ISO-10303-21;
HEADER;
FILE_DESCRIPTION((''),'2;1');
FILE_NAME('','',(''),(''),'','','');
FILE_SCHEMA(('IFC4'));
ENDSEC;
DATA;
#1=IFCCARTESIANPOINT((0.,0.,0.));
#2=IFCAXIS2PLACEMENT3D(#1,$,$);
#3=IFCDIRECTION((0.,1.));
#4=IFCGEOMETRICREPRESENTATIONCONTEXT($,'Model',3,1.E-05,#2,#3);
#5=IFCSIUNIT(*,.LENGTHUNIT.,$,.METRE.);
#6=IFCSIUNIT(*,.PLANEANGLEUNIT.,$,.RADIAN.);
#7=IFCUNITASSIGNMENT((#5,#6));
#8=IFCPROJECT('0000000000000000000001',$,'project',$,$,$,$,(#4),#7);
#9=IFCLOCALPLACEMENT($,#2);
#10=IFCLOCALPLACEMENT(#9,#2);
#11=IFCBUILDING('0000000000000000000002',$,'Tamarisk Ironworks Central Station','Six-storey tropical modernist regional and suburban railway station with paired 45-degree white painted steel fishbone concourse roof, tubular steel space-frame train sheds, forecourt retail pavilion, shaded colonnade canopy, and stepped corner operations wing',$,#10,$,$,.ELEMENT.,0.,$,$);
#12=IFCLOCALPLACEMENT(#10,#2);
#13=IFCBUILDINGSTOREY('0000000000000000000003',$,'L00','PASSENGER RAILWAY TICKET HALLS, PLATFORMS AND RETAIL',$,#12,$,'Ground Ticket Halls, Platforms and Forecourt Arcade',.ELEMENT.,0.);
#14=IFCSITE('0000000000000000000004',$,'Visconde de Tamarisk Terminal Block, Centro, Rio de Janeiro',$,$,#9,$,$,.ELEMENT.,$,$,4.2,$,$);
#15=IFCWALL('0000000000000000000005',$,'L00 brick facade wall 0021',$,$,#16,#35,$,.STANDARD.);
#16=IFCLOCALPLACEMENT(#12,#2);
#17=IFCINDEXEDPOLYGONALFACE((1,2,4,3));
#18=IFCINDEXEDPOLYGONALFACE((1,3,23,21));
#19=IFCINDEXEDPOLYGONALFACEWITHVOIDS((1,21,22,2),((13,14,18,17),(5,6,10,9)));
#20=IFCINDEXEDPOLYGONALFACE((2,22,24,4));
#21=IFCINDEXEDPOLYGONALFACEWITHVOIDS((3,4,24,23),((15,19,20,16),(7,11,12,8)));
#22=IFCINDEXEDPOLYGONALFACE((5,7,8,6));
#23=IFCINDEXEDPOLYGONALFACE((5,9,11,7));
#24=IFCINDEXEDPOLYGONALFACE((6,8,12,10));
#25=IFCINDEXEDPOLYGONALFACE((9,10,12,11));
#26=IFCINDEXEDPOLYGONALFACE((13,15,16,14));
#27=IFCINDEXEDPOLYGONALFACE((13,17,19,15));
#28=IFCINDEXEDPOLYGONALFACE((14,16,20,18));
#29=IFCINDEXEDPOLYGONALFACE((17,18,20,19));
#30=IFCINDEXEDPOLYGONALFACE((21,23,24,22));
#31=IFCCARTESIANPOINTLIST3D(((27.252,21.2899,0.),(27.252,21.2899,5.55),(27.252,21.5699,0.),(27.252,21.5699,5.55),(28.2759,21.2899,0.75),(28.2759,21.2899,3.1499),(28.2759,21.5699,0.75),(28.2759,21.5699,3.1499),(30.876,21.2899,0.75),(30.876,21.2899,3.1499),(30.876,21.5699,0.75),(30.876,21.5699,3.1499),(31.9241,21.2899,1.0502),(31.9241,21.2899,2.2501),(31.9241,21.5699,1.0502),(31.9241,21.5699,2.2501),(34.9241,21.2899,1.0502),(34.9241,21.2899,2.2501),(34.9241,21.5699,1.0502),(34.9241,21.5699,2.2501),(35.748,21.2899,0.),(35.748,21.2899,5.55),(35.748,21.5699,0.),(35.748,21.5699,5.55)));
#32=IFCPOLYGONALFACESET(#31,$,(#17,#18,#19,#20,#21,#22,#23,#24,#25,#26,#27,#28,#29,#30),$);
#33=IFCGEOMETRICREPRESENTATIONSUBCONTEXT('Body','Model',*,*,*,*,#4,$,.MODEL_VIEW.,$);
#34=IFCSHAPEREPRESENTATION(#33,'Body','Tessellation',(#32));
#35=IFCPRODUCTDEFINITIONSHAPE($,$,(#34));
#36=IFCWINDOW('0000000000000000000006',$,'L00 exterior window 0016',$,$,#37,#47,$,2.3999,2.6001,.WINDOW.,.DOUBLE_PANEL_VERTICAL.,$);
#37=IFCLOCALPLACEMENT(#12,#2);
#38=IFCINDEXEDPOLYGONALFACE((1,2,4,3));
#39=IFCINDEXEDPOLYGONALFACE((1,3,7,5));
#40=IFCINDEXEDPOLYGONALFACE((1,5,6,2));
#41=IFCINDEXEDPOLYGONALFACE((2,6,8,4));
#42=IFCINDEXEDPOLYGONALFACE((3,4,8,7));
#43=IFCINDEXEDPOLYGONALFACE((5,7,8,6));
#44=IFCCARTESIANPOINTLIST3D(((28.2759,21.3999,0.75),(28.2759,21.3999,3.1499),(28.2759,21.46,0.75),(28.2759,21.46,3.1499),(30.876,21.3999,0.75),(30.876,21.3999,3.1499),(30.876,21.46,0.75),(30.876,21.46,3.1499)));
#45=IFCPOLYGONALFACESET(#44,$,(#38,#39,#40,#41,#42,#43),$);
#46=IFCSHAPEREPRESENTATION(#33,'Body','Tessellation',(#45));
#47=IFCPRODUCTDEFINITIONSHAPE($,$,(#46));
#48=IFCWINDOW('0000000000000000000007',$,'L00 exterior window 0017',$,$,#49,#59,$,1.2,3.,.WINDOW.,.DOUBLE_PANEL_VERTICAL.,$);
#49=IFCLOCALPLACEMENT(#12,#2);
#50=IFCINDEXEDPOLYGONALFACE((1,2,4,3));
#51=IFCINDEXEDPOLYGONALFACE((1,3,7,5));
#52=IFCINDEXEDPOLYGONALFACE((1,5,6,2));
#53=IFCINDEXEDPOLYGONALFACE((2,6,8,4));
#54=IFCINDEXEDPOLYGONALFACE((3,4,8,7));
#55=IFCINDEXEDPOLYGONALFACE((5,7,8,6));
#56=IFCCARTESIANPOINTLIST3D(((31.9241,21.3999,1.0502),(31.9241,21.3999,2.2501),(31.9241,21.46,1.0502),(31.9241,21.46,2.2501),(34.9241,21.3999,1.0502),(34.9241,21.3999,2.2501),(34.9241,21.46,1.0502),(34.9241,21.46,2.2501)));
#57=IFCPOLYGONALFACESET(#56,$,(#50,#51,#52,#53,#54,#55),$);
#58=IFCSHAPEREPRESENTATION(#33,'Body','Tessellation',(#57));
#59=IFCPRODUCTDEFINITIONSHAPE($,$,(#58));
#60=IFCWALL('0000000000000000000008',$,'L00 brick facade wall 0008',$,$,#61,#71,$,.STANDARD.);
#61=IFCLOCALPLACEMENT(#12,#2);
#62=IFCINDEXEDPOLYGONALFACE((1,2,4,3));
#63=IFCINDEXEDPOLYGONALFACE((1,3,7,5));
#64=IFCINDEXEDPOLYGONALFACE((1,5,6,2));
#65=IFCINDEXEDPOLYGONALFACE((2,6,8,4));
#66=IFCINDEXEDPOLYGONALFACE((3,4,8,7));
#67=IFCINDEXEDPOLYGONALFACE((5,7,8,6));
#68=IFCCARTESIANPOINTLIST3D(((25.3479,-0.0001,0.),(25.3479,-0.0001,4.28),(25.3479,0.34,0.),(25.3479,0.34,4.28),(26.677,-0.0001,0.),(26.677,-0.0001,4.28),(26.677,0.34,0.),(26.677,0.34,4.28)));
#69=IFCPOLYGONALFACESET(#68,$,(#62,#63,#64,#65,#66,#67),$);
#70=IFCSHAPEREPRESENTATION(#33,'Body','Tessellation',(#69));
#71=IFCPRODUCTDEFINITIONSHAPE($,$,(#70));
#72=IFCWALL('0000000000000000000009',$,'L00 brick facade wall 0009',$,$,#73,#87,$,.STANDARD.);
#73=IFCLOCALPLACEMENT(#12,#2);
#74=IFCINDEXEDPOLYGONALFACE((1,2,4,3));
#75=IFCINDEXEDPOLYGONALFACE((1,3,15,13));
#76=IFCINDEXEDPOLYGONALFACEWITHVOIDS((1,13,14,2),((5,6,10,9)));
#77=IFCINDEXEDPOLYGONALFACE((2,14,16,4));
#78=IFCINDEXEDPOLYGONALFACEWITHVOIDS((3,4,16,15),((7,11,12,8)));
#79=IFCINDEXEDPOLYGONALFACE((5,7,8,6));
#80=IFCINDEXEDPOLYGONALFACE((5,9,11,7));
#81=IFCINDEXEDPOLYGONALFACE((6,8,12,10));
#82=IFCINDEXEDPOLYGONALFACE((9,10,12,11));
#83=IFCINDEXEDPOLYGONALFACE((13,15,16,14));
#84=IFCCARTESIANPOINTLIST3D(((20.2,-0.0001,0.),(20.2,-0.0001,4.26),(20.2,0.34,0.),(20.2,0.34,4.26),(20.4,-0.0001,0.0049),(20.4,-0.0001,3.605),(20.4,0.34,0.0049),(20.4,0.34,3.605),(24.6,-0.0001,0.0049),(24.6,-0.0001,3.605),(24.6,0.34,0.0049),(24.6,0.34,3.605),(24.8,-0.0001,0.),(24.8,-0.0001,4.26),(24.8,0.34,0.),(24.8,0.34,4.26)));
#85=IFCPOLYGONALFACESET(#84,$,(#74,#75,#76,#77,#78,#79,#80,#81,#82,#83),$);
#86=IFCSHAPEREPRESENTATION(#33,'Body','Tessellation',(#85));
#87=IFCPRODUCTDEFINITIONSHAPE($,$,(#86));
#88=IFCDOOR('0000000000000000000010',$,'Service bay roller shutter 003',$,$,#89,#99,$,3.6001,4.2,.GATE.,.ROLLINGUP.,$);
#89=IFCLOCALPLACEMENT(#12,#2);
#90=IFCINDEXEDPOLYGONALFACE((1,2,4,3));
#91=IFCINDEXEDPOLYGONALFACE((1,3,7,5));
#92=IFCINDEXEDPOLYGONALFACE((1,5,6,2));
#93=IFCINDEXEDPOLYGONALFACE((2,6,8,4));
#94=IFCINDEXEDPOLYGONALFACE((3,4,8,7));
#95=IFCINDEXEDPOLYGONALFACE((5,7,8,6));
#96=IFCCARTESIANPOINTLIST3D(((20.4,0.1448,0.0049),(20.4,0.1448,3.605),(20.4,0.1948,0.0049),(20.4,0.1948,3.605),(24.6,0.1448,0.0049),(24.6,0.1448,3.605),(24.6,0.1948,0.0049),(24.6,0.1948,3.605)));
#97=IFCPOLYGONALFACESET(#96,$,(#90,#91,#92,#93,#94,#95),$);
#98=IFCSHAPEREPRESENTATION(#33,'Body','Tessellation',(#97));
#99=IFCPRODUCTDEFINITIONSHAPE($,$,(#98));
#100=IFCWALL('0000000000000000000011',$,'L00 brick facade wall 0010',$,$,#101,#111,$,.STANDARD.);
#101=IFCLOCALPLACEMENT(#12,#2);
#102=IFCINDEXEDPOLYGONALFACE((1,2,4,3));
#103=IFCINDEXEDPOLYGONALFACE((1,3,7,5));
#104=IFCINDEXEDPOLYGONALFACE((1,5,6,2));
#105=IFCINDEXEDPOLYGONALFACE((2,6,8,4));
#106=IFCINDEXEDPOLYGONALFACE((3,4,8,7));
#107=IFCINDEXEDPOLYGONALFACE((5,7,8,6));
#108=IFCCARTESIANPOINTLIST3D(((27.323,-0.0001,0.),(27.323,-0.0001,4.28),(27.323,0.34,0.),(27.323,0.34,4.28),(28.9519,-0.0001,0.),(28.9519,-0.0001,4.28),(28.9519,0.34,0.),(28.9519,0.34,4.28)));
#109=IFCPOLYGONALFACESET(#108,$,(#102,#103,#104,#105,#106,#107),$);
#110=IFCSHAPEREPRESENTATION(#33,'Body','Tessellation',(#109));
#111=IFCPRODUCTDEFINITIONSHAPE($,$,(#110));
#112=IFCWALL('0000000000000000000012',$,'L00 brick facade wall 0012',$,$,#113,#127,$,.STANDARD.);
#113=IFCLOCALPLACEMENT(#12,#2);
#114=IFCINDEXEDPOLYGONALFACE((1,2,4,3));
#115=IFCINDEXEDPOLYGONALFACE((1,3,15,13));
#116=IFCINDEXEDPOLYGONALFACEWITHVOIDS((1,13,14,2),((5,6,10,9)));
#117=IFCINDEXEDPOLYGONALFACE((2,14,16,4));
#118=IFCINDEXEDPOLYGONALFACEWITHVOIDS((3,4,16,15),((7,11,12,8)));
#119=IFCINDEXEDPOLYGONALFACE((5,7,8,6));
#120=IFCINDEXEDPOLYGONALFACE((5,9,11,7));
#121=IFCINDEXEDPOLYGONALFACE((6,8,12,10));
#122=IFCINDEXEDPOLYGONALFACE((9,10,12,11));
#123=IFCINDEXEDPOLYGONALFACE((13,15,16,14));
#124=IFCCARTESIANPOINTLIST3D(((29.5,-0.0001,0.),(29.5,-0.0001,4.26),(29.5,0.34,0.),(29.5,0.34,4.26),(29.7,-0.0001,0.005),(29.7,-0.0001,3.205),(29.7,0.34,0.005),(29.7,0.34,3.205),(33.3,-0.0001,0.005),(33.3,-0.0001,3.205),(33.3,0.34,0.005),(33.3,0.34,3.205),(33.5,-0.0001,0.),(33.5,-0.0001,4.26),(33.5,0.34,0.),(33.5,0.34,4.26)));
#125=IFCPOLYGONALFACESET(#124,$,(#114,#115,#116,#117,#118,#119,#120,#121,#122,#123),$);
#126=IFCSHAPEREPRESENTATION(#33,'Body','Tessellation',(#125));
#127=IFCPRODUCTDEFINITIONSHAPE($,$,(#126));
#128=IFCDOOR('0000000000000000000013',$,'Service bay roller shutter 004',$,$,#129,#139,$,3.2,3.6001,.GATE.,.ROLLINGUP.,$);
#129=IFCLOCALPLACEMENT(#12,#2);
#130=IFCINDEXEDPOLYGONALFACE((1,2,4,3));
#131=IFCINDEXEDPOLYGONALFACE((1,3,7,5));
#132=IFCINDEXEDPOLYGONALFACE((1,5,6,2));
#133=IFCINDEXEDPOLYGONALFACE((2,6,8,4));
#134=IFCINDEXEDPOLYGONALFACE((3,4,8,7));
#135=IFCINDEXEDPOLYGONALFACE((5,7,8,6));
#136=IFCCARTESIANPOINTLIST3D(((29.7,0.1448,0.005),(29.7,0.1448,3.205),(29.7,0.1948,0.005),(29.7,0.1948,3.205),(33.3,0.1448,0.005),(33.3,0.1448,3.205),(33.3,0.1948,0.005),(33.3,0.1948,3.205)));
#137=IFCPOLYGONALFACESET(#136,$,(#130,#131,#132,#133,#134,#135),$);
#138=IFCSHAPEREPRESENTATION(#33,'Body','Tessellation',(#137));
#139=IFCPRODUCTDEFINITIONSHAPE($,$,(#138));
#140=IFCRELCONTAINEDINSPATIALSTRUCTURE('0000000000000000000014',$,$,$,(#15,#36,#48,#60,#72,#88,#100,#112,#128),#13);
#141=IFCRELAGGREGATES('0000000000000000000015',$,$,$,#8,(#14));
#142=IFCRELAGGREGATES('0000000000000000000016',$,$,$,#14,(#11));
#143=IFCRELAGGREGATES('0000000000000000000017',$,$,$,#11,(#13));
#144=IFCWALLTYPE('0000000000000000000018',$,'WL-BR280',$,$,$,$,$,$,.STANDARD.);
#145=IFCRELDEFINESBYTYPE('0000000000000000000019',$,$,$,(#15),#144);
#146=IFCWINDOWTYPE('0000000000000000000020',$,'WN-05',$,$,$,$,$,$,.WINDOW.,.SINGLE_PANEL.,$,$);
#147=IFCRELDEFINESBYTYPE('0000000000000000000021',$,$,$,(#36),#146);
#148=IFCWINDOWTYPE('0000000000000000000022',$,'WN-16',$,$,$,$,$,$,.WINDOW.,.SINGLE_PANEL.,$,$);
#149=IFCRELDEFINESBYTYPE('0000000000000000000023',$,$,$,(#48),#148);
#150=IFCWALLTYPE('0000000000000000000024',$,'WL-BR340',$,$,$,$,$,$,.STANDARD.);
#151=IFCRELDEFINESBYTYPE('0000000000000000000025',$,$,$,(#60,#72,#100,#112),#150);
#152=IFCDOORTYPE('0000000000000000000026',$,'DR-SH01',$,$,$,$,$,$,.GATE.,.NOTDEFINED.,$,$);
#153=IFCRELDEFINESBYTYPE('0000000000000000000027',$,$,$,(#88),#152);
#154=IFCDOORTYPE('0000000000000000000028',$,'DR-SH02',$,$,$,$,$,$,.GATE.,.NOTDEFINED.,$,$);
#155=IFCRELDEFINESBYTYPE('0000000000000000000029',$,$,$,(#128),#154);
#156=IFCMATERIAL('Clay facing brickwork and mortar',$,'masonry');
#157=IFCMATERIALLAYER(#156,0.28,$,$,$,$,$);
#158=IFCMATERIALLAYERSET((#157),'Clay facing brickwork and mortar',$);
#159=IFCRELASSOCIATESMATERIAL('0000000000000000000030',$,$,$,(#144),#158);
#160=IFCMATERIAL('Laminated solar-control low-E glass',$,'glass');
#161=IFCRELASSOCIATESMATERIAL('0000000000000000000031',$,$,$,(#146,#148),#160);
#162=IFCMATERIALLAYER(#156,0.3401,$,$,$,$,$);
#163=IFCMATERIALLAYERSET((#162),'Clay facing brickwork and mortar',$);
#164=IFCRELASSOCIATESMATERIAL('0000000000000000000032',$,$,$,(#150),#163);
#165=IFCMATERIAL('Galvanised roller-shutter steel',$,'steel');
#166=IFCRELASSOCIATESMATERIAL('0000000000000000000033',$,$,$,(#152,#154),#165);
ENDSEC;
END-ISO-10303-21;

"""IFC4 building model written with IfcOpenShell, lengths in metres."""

from ifc_helpers import new_model, si_unit, direction, frame, frame_2d, origin, place, context, subcontext, project, spatial, rectangle, extrude, material, layer, layer_set, type_object, element, fill, save


model = new_model("IFC4")

# Units and contexts
model_context = context("Model", 3, precision=1e-05, world=origin(), true_north=direction((0.0, 1.0)))
body_context = subcontext(model_context, "Body", "Model", "MODEL_VIEW")
ifc_project = project(units=[si_unit("LENGTHUNIT", "METRE"), si_unit("PLANEANGLEUNIT", "RADIAN")], contexts=[model_context])

# Site, building, storey
site_placement = place(None, origin())
site = spatial("IfcSite", under=ifc_project, at=site_placement, Name="Visconde de Tamarisk Terminal Block, Centro, Rio de Janeiro", CompositionType="ELEMENT", RefElevation=4.2)
building_placement = place(site_placement, origin())
building = spatial("IfcBuilding", under=site, at=building_placement, Name="Tamarisk Ironworks Central Station", Description="Six-storey tropical modernist regional and suburban railway station with paired 45-degree white painted steel fishbone concourse roof, tubular steel space-frame train sheds, forecourt retail pavilion, shaded colonnade canopy, and stepped corner operations wing", CompositionType="ELEMENT", ElevationOfRefHeight=0.0)
storey_placement = place(building_placement, origin())
storey = spatial("IfcBuildingStorey", under=building, at=storey_placement, Name="L00", Description="PASSENGER RAILWAY TICKET HALLS, PLATFORMS AND RETAIL", LongName="Ground Ticket Halls, Platforms and Forecourt Arcade", CompositionType="ELEMENT", Elevation=0.0)

# Shared definitions
ifc_material_1 = material(Name="Clay facing brickwork and mortar", Category="masonry")

# Wall, openings, windows
ifc_layer_1 = layer(ifc_material_1, 0.28)
ifc_layer_set_1 = layer_set([ifc_layer_1], Name="Clay facing brickwork and mortar")
wall_type_1 = type_object("IfcWallType", Name="WL-BR280", PredefinedType="STANDARD", material=ifc_layer_set_1)
wall_1_placement = place(storey_placement, frame((27.252, 21.4299, 0.0), z_axis=(0.0, 0.0, 1.0), x_axis=(1.0, 0.0, 0.0)))
wall_1 = element("IfcWall", 1, at=wall_1_placement, inside=storey, type_object=wall_type_1, Name="L00 brick facade wall 0021", PredefinedType="STANDARD", context=body_context, shape_type="SweptSolid", body=[
    extrude(rectangle(XDim=8.4961, YDim=0.28, at=frame_2d((4.248, 0.0))), origin(), (0.0, 0.0, 1.0), 5.55),
])
opening_1_placement = place(wall_1_placement, frame((1.0239, 0.0, 0.75)))
opening_1 = element("IfcOpeningElement", 2, at=opening_1_placement, cuts=wall_1, PredefinedType="OPENING", context=body_context, shape_type="SweptSolid", body=[
    extrude(rectangle(XDim=2.6001, YDim=2.3999, at=frame_2d((1.3, 1.2))), frame((0.0, 0.1519, 0.0), z_axis=(0.0, -1.0, 0.0), x_axis=(1.0, 0.0, 0.0)), (0.0, 0.0, 1.0), 0.304),
])
opening_2_placement = place(wall_1_placement, frame((4.6721, 0.0, 1.05)))
opening_2 = element("IfcOpeningElement", 3, at=opening_2_placement, cuts=wall_1, PredefinedType="OPENING", context=body_context, shape_type="SweptSolid", body=[
    extrude(rectangle(XDim=3.0, YDim=1.2, at=frame_2d((1.5, 0.6001))), frame((0.0, 0.1519, 0.0), z_axis=(0.0, -1.0, 0.0), x_axis=(1.0, 0.0, 0.0)), (0.0, 0.0, 1.0), 0.304),
])
ifc_material_2 = material(Name="Laminated solar-control low-E glass", Category="glass")
window_type_1 = type_object("IfcWindowType", Name="WN-05", PartitioningType="SINGLE_PANEL", PredefinedType="WINDOW", material=ifc_material_2)
window_1_placement = place(opening_1_placement, origin())
window_1 = element("IfcWindow", 4, at=window_1_placement, inside=storey, type_object=window_type_1, Name="L00 exterior window 0016", OverallHeight=2.3999, OverallWidth=2.6001, PartitioningType="DOUBLE_PANEL_VERTICAL", PredefinedType="WINDOW", context=body_context, shape_type="SweptSolid", body=[
    extrude(rectangle(XDim=2.6001, YDim=2.3999, at=frame_2d((1.3, 1.2))), frame((0.0, 0.03, 0.0), z_axis=(0.0, -1.0, 0.0), x_axis=(1.0, 0.0, 0.0)), (0.0, 0.0, 1.0), 0.0601),
])
fill(opening_1, window_1)
window_type_2 = type_object("IfcWindowType", Name="WN-16", PartitioningType="SINGLE_PANEL", PredefinedType="WINDOW", material=ifc_material_2)
window_2_placement = place(opening_2_placement, origin())
window_2 = element("IfcWindow", 5, at=window_2_placement, inside=storey, type_object=window_type_2, Name="L00 exterior window 0017", OverallHeight=1.2, OverallWidth=3.0, PartitioningType="DOUBLE_PANEL_VERTICAL", PredefinedType="WINDOW", context=body_context, shape_type="SweptSolid", body=[
    extrude(rectangle(XDim=3.0, YDim=1.2, at=frame_2d((1.5, 0.6001))), frame((0.0, 0.03, 0.0), z_axis=(0.0, -1.0, 0.0), x_axis=(1.0, 0.0, 0.0)), (0.0, 0.0, 1.0), 0.0601),
])
fill(opening_2, window_2)

# Wall
ifc_layer_2 = layer(ifc_material_1, 0.3401)
ifc_layer_set_2 = layer_set([ifc_layer_2], Name="Clay facing brickwork and mortar")
wall_type_2 = type_object("IfcWallType", Name="WL-BR340", PredefinedType="STANDARD", material=ifc_layer_set_2)
wall_2_placement = place(storey_placement, frame((25.3479, 0.1699, 0.0), z_axis=(0.0, 0.0, 1.0), x_axis=(1.0, 0.0, 0.0)))
element("IfcWall", 6, at=wall_2_placement, inside=storey, type_object=wall_type_2, Name="L00 brick facade wall 0008", PredefinedType="STANDARD", context=body_context, shape_type="SweptSolid", body=[
    extrude(rectangle(XDim=1.3291, YDim=0.3401, at=frame_2d((0.6646, 0.0))), origin(), (0.0, 0.0, 1.0), 4.28),
])

# Wall, opening, door
wall_3_placement = place(storey_placement, frame((20.2, 0.1699, 0.0), z_axis=(0.0, 0.0, 1.0), x_axis=(1.0, 0.0, 0.0)))
wall_3 = element("IfcWall", 7, at=wall_3_placement, inside=storey, type_object=wall_type_2, Name="L00 brick facade wall 0009", PredefinedType="STANDARD", context=body_context, shape_type="SweptSolid", body=[
    extrude(rectangle(XDim=4.6001, YDim=0.3401, at=frame_2d((2.3, 0.0))), origin(), (0.0, 0.0, 1.0), 4.26),
])
opening_3_placement = place(wall_3_placement, frame((0.2, 0.0, 0.0049)))
opening_3 = element("IfcOpeningElement", 8, at=opening_3_placement, cuts=wall_3, PredefinedType="OPENING", context=body_context, shape_type="SweptSolid", body=[
    extrude(rectangle(XDim=4.2, YDim=3.6001, at=frame_2d((2.1001, 1.8))), frame((0.0, 0.1821, 0.0), z_axis=(0.0, -1.0, 0.0), x_axis=(1.0, 0.0, 0.0)), (0.0, 0.0, 1.0), 0.364),
])
ifc_material_3 = material(Name="Galvanised roller-shutter steel", Category="steel")
door_type_1 = type_object("IfcDoorType", Name="DR-SH01", OperationType="NOTDEFINED", PredefinedType="GATE", material=ifc_material_3)
door_1_placement = place(opening_3_placement, origin())
door_1 = element("IfcDoor", 9, at=door_1_placement, inside=storey, type_object=door_type_1, Name="Service bay roller shutter 003", OperationType="ROLLINGUP", OverallHeight=3.6001, OverallWidth=4.2, PredefinedType="GATE", context=body_context, shape_type="SweptSolid", body=[
    extrude(rectangle(XDim=4.2, YDim=3.6001, at=frame_2d((2.1001, 1.8))), frame((0.0, 0.0249, 0.0), z_axis=(0.0, -1.0, 0.0), x_axis=(1.0, 0.0, 0.0)), (0.0, 0.0, 1.0), 0.05),
])
fill(opening_3, door_1)

# Wall
wall_4_placement = place(storey_placement, frame((27.323, 0.1699, 0.0), z_axis=(0.0, 0.0, 1.0), x_axis=(1.0, 0.0, 0.0)))
element("IfcWall", 10, at=wall_4_placement, inside=storey, type_object=wall_type_2, Name="L00 brick facade wall 0010", PredefinedType="STANDARD", context=body_context, shape_type="SweptSolid", body=[
    extrude(rectangle(XDim=1.6289, YDim=0.3401, at=frame_2d((0.8145, 0.0))), origin(), (0.0, 0.0, 1.0), 4.28),
])

# Wall, opening, door
wall_5_placement = place(storey_placement, frame((29.5, 0.1699, 0.0), z_axis=(0.0, 0.0, 1.0), x_axis=(1.0, 0.0, 0.0)))
wall_5 = element("IfcWall", 11, at=wall_5_placement, inside=storey, type_object=wall_type_2, Name="L00 brick facade wall 0012", PredefinedType="STANDARD", context=body_context, shape_type="SweptSolid", body=[
    extrude(rectangle(XDim=4.0, YDim=0.3401, at=frame_2d((2.0, 0.0))), origin(), (0.0, 0.0, 1.0), 4.26),
])
opening_4_placement = place(wall_5_placement, frame((0.2, 0.0, 0.0049)))
opening_4 = element("IfcOpeningElement", 12, at=opening_4_placement, cuts=wall_5, PredefinedType="OPENING", context=body_context, shape_type="SweptSolid", body=[
    extrude(rectangle(XDim=3.6001, YDim=3.2, at=frame_2d((1.8, 1.6001))), frame((0.0, 0.1821, 0.0), z_axis=(0.0, -1.0, 0.0), x_axis=(1.0, 0.0, 0.0)), (0.0, 0.0, 1.0), 0.364),
])
door_type_2 = type_object("IfcDoorType", Name="DR-SH02", OperationType="NOTDEFINED", PredefinedType="GATE", material=ifc_material_3)
door_2_placement = place(opening_4_placement, origin())
door_2 = element("IfcDoor", 13, at=door_2_placement, inside=storey, type_object=door_type_2, Name="Service bay roller shutter 004", OperationType="ROLLINGUP", OverallHeight=3.2, OverallWidth=3.6001, PredefinedType="GATE", context=body_context, shape_type="SweptSolid", body=[
    extrude(rectangle(XDim=3.6001, YDim=3.2, at=frame_2d((1.8, 1.6001))), frame((0.0, 0.0249, 0.0), z_axis=(0.0, -1.0, 0.0), x_axis=(1.0, 0.0, 0.0)), (0.0, 0.0, 1.0), 0.05),
])
fill(opening_4, door_2)

save(model, "model.ifc")
